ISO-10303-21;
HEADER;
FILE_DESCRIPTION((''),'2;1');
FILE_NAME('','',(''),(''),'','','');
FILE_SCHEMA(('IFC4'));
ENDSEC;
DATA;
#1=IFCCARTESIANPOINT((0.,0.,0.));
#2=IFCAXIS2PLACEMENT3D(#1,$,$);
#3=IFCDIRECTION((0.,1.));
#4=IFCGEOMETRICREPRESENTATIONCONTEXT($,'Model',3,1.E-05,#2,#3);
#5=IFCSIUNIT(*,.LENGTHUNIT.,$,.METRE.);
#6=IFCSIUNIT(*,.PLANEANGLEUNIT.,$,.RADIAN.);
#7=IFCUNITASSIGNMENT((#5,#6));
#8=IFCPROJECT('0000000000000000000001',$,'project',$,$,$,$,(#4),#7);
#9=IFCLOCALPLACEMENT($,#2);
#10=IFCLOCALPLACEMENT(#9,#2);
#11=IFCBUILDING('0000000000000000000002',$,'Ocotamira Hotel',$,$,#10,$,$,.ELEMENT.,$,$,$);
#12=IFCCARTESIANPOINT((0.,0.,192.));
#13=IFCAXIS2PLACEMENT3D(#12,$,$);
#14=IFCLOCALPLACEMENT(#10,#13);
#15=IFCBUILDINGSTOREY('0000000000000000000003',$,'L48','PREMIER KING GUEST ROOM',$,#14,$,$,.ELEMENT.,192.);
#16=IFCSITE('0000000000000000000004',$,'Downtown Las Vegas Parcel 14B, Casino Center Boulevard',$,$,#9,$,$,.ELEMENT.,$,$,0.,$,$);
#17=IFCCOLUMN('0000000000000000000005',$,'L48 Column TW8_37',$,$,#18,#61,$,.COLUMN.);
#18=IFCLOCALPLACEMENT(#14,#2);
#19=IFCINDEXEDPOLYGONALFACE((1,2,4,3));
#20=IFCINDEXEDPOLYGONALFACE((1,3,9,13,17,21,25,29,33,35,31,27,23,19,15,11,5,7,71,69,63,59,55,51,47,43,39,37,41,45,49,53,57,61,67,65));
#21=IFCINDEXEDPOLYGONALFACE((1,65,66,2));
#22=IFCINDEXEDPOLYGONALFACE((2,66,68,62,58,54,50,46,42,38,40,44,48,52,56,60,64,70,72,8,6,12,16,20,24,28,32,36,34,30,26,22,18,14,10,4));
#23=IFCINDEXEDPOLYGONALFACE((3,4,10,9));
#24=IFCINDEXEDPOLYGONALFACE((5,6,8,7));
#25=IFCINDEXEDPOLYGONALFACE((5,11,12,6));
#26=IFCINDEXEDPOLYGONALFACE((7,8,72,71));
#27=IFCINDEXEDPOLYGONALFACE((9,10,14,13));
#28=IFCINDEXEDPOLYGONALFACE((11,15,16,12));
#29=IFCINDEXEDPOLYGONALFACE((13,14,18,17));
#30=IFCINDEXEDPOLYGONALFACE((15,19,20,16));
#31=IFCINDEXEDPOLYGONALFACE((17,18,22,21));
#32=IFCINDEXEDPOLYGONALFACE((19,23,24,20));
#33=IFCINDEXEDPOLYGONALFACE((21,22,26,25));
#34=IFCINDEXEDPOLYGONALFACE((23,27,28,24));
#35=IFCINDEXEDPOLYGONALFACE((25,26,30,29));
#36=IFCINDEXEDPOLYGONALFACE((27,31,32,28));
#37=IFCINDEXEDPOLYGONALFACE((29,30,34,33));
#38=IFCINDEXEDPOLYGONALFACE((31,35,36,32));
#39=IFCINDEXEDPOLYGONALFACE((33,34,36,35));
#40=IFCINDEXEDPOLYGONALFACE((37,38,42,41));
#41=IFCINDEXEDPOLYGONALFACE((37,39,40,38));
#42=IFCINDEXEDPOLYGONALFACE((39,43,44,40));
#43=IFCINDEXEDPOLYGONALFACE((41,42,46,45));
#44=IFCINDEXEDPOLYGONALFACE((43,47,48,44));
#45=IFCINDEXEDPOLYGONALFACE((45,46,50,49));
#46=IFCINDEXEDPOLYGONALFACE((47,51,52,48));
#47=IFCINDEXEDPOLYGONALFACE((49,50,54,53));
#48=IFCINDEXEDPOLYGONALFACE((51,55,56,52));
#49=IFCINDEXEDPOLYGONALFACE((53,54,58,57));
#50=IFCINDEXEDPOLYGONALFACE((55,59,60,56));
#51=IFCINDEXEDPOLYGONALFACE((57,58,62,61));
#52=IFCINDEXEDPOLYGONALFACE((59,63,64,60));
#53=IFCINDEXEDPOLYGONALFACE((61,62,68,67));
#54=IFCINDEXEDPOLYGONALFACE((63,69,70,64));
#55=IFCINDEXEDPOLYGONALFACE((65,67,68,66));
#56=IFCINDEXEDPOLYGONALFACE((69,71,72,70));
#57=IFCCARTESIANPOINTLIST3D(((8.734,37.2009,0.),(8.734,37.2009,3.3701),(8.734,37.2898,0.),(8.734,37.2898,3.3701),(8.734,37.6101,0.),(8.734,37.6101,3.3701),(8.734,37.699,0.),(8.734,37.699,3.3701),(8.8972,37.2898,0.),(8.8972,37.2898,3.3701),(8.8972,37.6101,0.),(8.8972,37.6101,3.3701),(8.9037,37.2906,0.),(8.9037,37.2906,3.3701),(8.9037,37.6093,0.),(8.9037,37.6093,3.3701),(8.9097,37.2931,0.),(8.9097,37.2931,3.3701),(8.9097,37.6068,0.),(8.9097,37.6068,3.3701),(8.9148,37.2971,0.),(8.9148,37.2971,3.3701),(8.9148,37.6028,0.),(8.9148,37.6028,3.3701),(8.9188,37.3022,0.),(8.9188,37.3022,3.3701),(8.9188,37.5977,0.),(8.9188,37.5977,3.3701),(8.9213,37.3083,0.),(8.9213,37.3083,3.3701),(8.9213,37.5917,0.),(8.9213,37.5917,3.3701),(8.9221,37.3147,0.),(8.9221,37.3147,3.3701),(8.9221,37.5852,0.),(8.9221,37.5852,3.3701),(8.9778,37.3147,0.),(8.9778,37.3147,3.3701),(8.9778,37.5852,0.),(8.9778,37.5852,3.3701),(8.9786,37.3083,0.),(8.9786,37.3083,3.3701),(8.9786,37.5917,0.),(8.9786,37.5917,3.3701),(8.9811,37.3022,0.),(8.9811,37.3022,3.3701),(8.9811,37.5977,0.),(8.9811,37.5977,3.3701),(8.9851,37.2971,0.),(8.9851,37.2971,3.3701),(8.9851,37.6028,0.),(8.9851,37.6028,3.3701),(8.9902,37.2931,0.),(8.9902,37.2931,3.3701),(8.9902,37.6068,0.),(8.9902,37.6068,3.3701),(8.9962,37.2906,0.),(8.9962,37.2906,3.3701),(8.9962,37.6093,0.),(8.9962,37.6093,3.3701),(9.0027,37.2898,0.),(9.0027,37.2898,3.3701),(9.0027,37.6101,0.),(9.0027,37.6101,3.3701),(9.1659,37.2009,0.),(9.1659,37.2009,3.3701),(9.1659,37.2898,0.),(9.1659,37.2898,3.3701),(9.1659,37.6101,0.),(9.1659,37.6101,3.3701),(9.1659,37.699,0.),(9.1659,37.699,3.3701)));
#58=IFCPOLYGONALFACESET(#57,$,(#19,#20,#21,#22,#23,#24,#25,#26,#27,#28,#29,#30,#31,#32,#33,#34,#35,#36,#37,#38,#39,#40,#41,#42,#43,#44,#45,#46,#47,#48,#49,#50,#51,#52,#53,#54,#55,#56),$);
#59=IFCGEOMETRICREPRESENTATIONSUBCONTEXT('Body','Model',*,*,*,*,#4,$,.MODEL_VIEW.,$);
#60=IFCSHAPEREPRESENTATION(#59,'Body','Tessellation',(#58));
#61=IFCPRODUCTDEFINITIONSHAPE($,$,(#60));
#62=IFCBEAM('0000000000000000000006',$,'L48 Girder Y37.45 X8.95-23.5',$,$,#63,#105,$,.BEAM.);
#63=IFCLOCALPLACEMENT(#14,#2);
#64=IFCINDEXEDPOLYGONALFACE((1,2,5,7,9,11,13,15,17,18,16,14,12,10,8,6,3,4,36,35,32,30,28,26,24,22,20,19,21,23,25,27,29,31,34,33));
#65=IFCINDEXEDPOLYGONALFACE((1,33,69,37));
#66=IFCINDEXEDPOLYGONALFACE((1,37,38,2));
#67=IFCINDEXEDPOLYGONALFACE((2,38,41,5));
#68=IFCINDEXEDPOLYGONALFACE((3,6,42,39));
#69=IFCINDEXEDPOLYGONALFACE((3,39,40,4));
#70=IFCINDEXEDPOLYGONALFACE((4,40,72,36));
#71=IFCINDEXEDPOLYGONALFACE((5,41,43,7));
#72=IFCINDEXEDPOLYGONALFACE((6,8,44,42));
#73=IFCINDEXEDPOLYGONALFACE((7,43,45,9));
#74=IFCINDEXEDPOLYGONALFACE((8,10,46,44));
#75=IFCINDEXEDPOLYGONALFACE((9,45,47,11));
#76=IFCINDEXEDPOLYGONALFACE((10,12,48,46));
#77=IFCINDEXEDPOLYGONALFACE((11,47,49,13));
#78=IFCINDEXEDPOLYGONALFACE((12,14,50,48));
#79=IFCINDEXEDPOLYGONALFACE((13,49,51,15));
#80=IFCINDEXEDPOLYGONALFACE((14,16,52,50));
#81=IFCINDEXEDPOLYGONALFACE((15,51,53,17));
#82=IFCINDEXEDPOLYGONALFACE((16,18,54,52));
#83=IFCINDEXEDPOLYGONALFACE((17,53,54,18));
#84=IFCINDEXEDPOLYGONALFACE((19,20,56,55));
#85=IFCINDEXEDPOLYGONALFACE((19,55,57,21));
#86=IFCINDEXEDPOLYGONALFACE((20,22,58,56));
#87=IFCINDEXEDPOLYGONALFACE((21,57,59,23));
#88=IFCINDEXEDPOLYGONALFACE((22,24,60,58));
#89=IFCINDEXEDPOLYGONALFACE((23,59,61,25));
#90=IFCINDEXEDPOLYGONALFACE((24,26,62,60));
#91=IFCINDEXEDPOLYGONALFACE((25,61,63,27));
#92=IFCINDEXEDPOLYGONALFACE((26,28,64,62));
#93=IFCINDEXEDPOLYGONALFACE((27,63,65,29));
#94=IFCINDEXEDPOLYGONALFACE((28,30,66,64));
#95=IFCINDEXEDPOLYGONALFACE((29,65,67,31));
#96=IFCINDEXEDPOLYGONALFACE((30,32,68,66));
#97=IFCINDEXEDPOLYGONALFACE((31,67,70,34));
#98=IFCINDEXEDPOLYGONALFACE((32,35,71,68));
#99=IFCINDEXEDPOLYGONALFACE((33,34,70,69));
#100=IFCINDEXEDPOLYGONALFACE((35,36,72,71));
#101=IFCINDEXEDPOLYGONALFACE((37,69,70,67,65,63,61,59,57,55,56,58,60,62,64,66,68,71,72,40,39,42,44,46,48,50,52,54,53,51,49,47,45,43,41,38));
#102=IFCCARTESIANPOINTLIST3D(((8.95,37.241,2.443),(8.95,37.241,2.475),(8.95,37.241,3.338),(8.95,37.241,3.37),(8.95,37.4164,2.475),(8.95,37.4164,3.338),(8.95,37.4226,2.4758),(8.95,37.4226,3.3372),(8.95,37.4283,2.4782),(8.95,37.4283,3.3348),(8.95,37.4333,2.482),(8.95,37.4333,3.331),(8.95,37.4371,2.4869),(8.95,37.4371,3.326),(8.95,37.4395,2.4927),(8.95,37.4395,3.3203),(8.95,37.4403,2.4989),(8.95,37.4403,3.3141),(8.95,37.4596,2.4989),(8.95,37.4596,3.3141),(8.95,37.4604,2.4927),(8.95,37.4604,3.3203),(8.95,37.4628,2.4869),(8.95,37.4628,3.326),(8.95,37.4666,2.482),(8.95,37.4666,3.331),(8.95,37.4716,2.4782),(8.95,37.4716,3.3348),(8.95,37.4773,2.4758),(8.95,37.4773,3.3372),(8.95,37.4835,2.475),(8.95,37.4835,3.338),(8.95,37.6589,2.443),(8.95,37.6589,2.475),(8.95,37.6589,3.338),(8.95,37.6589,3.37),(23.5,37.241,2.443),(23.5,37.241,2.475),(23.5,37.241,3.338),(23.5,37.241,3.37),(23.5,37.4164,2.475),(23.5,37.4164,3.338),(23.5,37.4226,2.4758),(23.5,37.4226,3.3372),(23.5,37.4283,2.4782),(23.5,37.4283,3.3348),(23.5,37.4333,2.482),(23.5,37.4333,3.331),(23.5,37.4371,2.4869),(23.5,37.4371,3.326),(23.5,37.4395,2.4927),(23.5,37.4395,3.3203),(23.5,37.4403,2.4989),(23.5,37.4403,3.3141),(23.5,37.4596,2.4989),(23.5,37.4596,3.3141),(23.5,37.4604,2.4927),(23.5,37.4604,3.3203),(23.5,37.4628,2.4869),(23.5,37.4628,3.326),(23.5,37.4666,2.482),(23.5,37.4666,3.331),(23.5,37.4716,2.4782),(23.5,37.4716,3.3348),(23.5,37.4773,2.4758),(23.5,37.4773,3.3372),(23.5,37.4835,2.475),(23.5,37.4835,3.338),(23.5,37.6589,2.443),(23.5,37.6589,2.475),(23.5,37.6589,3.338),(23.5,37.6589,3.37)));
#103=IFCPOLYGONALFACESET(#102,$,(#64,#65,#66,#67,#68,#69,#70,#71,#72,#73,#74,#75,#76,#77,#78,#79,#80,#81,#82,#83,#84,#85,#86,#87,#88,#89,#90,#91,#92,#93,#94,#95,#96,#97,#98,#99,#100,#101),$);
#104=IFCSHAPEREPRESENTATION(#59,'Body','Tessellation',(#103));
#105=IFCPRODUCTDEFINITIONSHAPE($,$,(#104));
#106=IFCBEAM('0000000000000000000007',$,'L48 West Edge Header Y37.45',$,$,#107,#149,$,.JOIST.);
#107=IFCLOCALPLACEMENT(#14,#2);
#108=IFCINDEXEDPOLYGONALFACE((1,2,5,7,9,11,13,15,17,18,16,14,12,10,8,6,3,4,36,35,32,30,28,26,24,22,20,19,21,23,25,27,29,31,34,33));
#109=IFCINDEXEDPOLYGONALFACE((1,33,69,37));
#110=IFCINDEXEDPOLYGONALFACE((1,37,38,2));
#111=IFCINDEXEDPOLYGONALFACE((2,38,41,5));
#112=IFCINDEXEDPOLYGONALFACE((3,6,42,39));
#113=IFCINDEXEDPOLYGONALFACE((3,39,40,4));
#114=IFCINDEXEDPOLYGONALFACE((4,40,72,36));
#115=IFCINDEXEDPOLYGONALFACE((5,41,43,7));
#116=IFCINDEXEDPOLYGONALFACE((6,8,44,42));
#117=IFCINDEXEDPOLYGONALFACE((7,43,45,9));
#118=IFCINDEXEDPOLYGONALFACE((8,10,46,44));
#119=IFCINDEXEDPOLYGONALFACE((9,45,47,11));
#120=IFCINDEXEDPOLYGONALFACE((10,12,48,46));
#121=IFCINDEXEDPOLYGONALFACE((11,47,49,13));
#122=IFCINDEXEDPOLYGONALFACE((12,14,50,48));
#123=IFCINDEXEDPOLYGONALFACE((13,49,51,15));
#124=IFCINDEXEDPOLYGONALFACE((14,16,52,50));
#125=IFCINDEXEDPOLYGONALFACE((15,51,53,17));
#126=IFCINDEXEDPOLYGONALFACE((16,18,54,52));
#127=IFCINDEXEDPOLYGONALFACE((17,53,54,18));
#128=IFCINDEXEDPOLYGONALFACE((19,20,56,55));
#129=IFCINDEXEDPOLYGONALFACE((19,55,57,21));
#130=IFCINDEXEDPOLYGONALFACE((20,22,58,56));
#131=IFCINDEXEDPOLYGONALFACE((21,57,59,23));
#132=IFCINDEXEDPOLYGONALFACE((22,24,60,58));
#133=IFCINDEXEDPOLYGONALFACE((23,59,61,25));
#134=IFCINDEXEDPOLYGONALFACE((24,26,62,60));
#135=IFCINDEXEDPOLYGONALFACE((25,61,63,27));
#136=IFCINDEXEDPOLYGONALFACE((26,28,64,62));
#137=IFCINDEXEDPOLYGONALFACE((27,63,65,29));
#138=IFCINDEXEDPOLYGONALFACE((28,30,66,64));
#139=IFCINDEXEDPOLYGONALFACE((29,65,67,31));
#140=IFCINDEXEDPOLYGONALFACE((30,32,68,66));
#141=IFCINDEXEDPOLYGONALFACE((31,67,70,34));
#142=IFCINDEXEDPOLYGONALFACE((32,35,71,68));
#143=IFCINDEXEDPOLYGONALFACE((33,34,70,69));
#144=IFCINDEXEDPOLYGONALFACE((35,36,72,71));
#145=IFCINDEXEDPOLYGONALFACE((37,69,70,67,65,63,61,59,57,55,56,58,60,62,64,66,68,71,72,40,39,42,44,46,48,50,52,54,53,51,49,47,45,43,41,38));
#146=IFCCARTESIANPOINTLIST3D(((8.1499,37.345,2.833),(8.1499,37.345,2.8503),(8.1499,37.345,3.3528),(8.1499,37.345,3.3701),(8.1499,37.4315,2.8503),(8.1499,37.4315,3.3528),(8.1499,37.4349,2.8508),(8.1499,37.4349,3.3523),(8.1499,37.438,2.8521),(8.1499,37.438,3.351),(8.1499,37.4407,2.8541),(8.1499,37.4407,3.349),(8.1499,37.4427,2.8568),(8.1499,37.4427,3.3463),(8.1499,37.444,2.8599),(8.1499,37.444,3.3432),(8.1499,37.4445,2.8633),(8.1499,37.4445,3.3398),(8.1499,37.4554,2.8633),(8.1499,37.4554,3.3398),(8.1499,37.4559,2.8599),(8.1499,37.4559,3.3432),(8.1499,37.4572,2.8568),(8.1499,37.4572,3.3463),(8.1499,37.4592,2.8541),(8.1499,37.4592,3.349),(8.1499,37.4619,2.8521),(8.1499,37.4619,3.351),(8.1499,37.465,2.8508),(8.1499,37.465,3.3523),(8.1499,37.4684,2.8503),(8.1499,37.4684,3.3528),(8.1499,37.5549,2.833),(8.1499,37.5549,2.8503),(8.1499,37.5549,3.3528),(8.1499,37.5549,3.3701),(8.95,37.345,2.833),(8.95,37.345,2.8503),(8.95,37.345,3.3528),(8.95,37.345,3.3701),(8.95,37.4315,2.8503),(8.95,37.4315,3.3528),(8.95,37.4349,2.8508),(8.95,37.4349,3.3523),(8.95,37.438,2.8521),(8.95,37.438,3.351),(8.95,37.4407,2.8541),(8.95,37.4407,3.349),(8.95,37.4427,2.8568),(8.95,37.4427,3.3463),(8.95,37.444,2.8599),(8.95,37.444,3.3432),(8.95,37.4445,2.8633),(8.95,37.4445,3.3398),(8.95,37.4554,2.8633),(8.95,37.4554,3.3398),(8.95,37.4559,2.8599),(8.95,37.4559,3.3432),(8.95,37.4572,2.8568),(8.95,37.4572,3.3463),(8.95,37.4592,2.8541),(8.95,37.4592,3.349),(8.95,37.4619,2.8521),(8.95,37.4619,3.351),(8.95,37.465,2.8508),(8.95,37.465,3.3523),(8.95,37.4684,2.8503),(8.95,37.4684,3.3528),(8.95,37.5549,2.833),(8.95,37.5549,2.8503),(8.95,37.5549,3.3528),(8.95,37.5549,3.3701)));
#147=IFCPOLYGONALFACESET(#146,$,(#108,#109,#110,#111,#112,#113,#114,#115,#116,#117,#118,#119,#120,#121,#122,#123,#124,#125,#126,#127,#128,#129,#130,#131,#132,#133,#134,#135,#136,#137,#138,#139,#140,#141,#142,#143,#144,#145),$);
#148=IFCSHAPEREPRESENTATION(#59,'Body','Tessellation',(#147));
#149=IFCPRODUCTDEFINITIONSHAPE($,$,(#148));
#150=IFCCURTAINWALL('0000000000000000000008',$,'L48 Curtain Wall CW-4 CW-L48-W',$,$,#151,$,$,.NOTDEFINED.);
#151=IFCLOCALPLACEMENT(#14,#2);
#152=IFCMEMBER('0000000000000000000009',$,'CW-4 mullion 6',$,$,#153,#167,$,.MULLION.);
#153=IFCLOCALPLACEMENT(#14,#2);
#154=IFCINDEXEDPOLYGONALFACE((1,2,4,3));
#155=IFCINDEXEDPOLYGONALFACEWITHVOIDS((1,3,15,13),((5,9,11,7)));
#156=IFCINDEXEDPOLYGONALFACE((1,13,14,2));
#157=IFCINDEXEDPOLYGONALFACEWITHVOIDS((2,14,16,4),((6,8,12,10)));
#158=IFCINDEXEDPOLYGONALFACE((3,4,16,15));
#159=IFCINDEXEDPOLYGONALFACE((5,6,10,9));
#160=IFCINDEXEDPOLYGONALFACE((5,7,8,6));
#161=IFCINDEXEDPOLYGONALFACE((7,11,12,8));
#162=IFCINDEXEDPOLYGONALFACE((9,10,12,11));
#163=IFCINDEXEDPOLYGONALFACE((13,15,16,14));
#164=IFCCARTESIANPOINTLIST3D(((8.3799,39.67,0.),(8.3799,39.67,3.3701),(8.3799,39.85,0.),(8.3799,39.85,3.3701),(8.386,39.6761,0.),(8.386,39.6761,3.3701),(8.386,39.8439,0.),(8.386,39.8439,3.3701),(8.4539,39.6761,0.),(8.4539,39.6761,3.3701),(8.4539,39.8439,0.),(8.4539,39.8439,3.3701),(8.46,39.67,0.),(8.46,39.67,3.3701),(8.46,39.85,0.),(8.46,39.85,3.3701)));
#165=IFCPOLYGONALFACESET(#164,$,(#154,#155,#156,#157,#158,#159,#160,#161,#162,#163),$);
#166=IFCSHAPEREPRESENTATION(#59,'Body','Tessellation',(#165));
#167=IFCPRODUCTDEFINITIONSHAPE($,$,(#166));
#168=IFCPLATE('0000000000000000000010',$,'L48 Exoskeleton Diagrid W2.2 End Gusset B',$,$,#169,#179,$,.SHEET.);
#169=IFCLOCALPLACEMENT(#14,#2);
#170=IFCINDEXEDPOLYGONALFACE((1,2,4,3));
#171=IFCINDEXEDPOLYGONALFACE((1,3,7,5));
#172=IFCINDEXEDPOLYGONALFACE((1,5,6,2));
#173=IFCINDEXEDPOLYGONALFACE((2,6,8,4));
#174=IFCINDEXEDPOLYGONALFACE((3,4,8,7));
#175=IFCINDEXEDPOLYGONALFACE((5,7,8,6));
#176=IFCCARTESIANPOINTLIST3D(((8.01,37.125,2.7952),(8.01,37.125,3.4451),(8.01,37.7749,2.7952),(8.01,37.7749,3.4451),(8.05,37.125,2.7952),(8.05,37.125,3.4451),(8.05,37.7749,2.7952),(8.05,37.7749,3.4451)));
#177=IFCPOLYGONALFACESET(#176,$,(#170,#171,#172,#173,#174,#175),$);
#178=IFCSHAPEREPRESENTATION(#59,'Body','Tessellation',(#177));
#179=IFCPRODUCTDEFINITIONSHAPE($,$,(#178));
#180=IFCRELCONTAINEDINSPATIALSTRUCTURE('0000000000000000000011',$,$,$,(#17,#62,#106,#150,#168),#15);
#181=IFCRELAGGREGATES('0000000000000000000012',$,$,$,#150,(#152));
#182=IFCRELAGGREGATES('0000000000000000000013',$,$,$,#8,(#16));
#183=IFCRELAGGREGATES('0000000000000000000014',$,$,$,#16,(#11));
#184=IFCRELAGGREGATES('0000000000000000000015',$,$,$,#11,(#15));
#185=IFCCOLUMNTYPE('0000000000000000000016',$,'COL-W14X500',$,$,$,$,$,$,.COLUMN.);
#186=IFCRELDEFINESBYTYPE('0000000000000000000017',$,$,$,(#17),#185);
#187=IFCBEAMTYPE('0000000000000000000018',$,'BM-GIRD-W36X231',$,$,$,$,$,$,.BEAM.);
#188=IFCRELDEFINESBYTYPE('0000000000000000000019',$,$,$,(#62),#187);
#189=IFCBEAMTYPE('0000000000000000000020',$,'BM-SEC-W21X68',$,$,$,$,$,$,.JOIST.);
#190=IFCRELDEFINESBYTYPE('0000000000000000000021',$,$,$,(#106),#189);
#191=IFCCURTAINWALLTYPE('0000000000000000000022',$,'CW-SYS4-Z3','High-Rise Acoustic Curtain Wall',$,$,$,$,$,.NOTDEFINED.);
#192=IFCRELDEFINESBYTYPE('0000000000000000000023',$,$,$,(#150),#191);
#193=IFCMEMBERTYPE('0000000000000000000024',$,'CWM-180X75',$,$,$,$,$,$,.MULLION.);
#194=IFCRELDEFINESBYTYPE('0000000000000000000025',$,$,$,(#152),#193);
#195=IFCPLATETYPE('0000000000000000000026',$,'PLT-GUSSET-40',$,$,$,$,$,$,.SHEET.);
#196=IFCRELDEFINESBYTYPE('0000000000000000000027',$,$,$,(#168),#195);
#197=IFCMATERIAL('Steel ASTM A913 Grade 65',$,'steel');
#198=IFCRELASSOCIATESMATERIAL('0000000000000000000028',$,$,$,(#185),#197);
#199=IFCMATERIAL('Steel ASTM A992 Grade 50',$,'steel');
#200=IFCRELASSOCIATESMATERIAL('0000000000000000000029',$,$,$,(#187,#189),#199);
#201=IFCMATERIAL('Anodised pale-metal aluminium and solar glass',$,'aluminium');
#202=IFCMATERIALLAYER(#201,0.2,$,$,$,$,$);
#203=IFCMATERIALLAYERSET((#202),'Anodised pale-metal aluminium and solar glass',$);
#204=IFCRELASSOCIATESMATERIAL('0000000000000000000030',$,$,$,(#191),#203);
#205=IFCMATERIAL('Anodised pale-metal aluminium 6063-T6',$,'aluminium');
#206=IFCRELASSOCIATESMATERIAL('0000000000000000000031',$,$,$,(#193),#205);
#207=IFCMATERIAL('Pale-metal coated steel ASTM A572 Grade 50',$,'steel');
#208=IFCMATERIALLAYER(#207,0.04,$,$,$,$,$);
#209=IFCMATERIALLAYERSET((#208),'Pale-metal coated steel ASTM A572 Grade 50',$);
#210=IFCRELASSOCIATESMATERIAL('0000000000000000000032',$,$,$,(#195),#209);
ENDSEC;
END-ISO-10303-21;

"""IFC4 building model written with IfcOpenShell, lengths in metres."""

from ifc_helpers import new_model, si_unit, direction, frame, origin, origin_2d, place, context, subcontext, project, spatial, rectangle, hollow_rectangle, i_section, extrude, source, transform, mapped, material, layer, layer_set, material_profile, profile_set, type_object, element, aggregate, save


model = new_model("IFC4")

# Units and contexts
model_context = context("Model", 3, precision=1e-05, world=origin(), true_north=direction((0.0, 1.0)))
body_context = subcontext(model_context, "Body", "Model", "MODEL_VIEW")
ifc_project = project(units=[si_unit("LENGTHUNIT", "METRE"), si_unit("PLANEANGLEUNIT", "RADIAN")], contexts=[model_context])

# Site, building, storey
site_placement = place(None, origin())
site = spatial("IfcSite", under=ifc_project, at=site_placement, Name="Downtown Las Vegas Parcel 14B, Casino Center Boulevard", CompositionType="ELEMENT", RefElevation=0.0)
building_placement = place(site_placement, origin())
building = spatial("IfcBuilding", under=site, at=building_placement, Name="Ocotamira Hotel", CompositionType="ELEMENT")
storey_placement = place(building_placement, frame((0.0, 0.0, 192.0)))
storey = spatial("IfcBuildingStorey", under=building, at=storey_placement, Name="L48", Description="PREMIER KING GUEST ROOM", CompositionType="ELEMENT", Elevation=192.0)

# Column
ifc_material_1 = material(Name="Steel ASTM A913 Grade 65", Category="steel")
ifc_material_profile_1 = material_profile(ifc_material_1, i_section(OverallWidth=0.4319, OverallDepth=0.498, WebThickness=0.0557, FlangeThickness=0.0889, FilletRadius=0.0249, at=origin_2d()), Name="W14X500")
ifc_profile_set_1 = profile_set([ifc_material_profile_1], Name="Steel ASTM A913 Grade 65")
column_type = type_object("IfcColumnType", Name="COL-W14X500", PredefinedType="COLUMN", material=ifc_profile_set_1)
shared_shape_1 = source(origin(), body_context, "Body", "SweptSolid", [
    extrude(i_section(OverallWidth=0.4319, OverallDepth=0.498, WebThickness=0.0557, FlangeThickness=0.0889, FilletRadius=0.0249, at=origin_2d()), origin(), (0.0, 0.0, 1.0), 3.3701),
])
column_placement = place(storey_placement, frame((8.95, 37.45, 0.0), z_axis=(0.0, 0.0, 1.0), x_axis=(1.0, 0.0, 0.0)))
element("IfcColumn", 1, at=column_placement, inside=storey, type_object=column_type, Name="L48 Column TW8_37", PredefinedType="COLUMN", context=body_context, shape_type="MappedRepresentation", body=[
    mapped(shared_shape_1, transform((0.0, 0.0, 0.0), scale=1.0)),
])

# Beams
ifc_material_2 = material(Name="Steel ASTM A992 Grade 50", Category="steel")
ifc_material_profile_2 = material_profile(ifc_material_2, i_section(OverallWidth=0.418, OverallDepth=0.927, WebThickness=0.0193, FlangeThickness=0.032, FilletRadius=0.0239, at=origin_2d()), Name="W36X231")
ifc_profile_set_2 = profile_set([ifc_material_profile_2], Name="Steel ASTM A992 Grade 50")
beam_type_1 = type_object("IfcBeamType", Name="BM-GIRD-W36X231", PredefinedType="BEAM", material=ifc_profile_set_2)
shared_shape_2 = source(origin(), body_context, "Body", "SweptSolid", [
    extrude(i_section(OverallWidth=0.418, OverallDepth=0.927, WebThickness=0.0193, FlangeThickness=0.032, FilletRadius=0.0239, at=origin_2d()), origin(), (0.0, 0.0, 1.0), 14.55),
])
beam_1_placement = place(storey_placement, frame((8.95, 37.45, 2.9065), z_axis=(1.0, 0.0, 0.0), x_axis=(0.0, 1.0, 0.0)))
element("IfcBeam", 2, at=beam_1_placement, inside=storey, type_object=beam_type_1, Name="L48 Girder Y37.45 X8.95-23.5", PredefinedType="BEAM", context=body_context, shape_type="MappedRepresentation", body=[
    mapped(shared_shape_2, transform((0.0, 0.0, 0.0), scale=1.0)),
])
ifc_material_profile_3 = material_profile(ifc_material_2, i_section(OverallWidth=0.21, OverallDepth=0.5371, WebThickness=0.011, FlangeThickness=0.0173, FilletRadius=0.0129, at=origin_2d()), Name="W21X68")
ifc_profile_set_3 = profile_set([ifc_material_profile_3], Name="Steel ASTM A992 Grade 50")
beam_type_2 = type_object("IfcBeamType", Name="BM-SEC-W21X68", PredefinedType="JOIST", material=ifc_profile_set_3)
shared_shape_3 = source(origin(), body_context, "Body", "SweptSolid", [
    extrude(i_section(OverallWidth=0.21, OverallDepth=0.5371, WebThickness=0.011, FlangeThickness=0.0173, FilletRadius=0.0129, at=origin_2d()), origin(), (0.0, 0.0, 1.0), 0.8),
])
beam_2_placement = place(storey_placement, frame((8.95, 37.45, 3.1016), z_axis=(-1.0, 0.0, 0.0), x_axis=(0.0, -1.0, 0.0)))
element("IfcBeam", 3, at=beam_2_placement, inside=storey, type_object=beam_type_2, Name="L48 West Edge Header Y37.45", PredefinedType="JOIST", context=body_context, shape_type="MappedRepresentation", body=[
    mapped(shared_shape_3, transform((0.0, 0.0, 0.0), scale=1.0)),
])

# Curtain wall, member
ifc_material_3 = material(Name="Anodised pale-metal aluminium and solar glass", Category="aluminium")
ifc_layer_1 = layer(ifc_material_3, 0.2)
ifc_layer_set_1 = layer_set([ifc_layer_1], Name="Anodised pale-metal aluminium and solar glass")
curtain_wall_type = type_object("IfcCurtainWallType", Name="CW-SYS4-Z3", Description="High-Rise Acoustic Curtain Wall", PredefinedType="NOTDEFINED", material=ifc_layer_set_1)
curtain_wall_placement = place(storey_placement, origin())
curtain_wall = element("IfcCurtainWall", 4, at=curtain_wall_placement, inside=storey, type_object=curtain_wall_type, Name="L48 Curtain Wall CW-4 CW-L48-W", PredefinedType="NOTDEFINED")
ifc_material_4 = material(Name="Anodised pale-metal aluminium 6063-T6", Category="aluminium")
ifc_material_profile_4 = material_profile(ifc_material_4, hollow_rectangle(XDim=0.0801, YDim=0.1799, WallThickness=0.0061, at=origin_2d()), Name="HSS180X80X6")
ifc_profile_set_4 = profile_set([ifc_material_profile_4], Name="Anodised pale-metal aluminium 6063-T6")
member_type = type_object("IfcMemberType", Name="CWM-180X75", PredefinedType="MULLION", material=ifc_profile_set_4)
shared_shape_4 = source(origin(), body_context, "Body", "SweptSolid", [
    extrude(hollow_rectangle(XDim=0.0801, YDim=0.1799, WallThickness=0.0061, at=origin_2d()), origin(), (0.0, 0.0, 1.0), 3.3701),
])
member_placement = place(storey_placement, frame((8.4199, 39.76, 0.0), z_axis=(0.0, 0.0, 1.0), x_axis=(-1.0, 0.0, 0.0)))
member = element("IfcMember", 5, at=member_placement, type_object=member_type, Name="CW-4 mullion 6", PredefinedType="MULLION", context=body_context, shape_type="MappedRepresentation", body=[
    mapped(shared_shape_4, transform((0.0, 0.0, 0.0), scale=1.0)),
])

# Plate
ifc_material_5 = material(Name="Pale-metal coated steel ASTM A572 Grade 50", Category="steel")
ifc_layer_2 = layer(ifc_material_5, 0.04)
ifc_layer_set_2 = layer_set([ifc_layer_2], Name="Pale-metal coated steel ASTM A572 Grade 50")
plate_type_1 = type_object("IfcPlateType", Name="PLT-GUSSET-40", PredefinedType="SHEET", material=ifc_layer_set_2)
shared_shape_5 = source(origin(), body_context, "Body", "SweptSolid", [
    extrude(rectangle(XDim=0.04, YDim=0.6499, at=origin_2d()), origin(), (0.0, 0.0, 1.0), 0.6499),
])
plate_1_placement = place(storey_placement, frame((8.03, 37.45, 2.7952), z_axis=(0.0, 0.0, 1.0), x_axis=(1.0, 0.0, 0.0)))
element("IfcPlate", 6, at=plate_1_placement, inside=storey, type_object=plate_type_1, Name="L48 Exoskeleton Diagrid W2.2 End Gusset B", PredefinedType="SHEET", context=body_context, shape_type="MappedRepresentation", body=[
    mapped(shared_shape_5, transform((0.0, 0.0, 0.0), scale=1.0)),
])
aggregate(curtain_wall, [member])

save(model, "model.ifc")
